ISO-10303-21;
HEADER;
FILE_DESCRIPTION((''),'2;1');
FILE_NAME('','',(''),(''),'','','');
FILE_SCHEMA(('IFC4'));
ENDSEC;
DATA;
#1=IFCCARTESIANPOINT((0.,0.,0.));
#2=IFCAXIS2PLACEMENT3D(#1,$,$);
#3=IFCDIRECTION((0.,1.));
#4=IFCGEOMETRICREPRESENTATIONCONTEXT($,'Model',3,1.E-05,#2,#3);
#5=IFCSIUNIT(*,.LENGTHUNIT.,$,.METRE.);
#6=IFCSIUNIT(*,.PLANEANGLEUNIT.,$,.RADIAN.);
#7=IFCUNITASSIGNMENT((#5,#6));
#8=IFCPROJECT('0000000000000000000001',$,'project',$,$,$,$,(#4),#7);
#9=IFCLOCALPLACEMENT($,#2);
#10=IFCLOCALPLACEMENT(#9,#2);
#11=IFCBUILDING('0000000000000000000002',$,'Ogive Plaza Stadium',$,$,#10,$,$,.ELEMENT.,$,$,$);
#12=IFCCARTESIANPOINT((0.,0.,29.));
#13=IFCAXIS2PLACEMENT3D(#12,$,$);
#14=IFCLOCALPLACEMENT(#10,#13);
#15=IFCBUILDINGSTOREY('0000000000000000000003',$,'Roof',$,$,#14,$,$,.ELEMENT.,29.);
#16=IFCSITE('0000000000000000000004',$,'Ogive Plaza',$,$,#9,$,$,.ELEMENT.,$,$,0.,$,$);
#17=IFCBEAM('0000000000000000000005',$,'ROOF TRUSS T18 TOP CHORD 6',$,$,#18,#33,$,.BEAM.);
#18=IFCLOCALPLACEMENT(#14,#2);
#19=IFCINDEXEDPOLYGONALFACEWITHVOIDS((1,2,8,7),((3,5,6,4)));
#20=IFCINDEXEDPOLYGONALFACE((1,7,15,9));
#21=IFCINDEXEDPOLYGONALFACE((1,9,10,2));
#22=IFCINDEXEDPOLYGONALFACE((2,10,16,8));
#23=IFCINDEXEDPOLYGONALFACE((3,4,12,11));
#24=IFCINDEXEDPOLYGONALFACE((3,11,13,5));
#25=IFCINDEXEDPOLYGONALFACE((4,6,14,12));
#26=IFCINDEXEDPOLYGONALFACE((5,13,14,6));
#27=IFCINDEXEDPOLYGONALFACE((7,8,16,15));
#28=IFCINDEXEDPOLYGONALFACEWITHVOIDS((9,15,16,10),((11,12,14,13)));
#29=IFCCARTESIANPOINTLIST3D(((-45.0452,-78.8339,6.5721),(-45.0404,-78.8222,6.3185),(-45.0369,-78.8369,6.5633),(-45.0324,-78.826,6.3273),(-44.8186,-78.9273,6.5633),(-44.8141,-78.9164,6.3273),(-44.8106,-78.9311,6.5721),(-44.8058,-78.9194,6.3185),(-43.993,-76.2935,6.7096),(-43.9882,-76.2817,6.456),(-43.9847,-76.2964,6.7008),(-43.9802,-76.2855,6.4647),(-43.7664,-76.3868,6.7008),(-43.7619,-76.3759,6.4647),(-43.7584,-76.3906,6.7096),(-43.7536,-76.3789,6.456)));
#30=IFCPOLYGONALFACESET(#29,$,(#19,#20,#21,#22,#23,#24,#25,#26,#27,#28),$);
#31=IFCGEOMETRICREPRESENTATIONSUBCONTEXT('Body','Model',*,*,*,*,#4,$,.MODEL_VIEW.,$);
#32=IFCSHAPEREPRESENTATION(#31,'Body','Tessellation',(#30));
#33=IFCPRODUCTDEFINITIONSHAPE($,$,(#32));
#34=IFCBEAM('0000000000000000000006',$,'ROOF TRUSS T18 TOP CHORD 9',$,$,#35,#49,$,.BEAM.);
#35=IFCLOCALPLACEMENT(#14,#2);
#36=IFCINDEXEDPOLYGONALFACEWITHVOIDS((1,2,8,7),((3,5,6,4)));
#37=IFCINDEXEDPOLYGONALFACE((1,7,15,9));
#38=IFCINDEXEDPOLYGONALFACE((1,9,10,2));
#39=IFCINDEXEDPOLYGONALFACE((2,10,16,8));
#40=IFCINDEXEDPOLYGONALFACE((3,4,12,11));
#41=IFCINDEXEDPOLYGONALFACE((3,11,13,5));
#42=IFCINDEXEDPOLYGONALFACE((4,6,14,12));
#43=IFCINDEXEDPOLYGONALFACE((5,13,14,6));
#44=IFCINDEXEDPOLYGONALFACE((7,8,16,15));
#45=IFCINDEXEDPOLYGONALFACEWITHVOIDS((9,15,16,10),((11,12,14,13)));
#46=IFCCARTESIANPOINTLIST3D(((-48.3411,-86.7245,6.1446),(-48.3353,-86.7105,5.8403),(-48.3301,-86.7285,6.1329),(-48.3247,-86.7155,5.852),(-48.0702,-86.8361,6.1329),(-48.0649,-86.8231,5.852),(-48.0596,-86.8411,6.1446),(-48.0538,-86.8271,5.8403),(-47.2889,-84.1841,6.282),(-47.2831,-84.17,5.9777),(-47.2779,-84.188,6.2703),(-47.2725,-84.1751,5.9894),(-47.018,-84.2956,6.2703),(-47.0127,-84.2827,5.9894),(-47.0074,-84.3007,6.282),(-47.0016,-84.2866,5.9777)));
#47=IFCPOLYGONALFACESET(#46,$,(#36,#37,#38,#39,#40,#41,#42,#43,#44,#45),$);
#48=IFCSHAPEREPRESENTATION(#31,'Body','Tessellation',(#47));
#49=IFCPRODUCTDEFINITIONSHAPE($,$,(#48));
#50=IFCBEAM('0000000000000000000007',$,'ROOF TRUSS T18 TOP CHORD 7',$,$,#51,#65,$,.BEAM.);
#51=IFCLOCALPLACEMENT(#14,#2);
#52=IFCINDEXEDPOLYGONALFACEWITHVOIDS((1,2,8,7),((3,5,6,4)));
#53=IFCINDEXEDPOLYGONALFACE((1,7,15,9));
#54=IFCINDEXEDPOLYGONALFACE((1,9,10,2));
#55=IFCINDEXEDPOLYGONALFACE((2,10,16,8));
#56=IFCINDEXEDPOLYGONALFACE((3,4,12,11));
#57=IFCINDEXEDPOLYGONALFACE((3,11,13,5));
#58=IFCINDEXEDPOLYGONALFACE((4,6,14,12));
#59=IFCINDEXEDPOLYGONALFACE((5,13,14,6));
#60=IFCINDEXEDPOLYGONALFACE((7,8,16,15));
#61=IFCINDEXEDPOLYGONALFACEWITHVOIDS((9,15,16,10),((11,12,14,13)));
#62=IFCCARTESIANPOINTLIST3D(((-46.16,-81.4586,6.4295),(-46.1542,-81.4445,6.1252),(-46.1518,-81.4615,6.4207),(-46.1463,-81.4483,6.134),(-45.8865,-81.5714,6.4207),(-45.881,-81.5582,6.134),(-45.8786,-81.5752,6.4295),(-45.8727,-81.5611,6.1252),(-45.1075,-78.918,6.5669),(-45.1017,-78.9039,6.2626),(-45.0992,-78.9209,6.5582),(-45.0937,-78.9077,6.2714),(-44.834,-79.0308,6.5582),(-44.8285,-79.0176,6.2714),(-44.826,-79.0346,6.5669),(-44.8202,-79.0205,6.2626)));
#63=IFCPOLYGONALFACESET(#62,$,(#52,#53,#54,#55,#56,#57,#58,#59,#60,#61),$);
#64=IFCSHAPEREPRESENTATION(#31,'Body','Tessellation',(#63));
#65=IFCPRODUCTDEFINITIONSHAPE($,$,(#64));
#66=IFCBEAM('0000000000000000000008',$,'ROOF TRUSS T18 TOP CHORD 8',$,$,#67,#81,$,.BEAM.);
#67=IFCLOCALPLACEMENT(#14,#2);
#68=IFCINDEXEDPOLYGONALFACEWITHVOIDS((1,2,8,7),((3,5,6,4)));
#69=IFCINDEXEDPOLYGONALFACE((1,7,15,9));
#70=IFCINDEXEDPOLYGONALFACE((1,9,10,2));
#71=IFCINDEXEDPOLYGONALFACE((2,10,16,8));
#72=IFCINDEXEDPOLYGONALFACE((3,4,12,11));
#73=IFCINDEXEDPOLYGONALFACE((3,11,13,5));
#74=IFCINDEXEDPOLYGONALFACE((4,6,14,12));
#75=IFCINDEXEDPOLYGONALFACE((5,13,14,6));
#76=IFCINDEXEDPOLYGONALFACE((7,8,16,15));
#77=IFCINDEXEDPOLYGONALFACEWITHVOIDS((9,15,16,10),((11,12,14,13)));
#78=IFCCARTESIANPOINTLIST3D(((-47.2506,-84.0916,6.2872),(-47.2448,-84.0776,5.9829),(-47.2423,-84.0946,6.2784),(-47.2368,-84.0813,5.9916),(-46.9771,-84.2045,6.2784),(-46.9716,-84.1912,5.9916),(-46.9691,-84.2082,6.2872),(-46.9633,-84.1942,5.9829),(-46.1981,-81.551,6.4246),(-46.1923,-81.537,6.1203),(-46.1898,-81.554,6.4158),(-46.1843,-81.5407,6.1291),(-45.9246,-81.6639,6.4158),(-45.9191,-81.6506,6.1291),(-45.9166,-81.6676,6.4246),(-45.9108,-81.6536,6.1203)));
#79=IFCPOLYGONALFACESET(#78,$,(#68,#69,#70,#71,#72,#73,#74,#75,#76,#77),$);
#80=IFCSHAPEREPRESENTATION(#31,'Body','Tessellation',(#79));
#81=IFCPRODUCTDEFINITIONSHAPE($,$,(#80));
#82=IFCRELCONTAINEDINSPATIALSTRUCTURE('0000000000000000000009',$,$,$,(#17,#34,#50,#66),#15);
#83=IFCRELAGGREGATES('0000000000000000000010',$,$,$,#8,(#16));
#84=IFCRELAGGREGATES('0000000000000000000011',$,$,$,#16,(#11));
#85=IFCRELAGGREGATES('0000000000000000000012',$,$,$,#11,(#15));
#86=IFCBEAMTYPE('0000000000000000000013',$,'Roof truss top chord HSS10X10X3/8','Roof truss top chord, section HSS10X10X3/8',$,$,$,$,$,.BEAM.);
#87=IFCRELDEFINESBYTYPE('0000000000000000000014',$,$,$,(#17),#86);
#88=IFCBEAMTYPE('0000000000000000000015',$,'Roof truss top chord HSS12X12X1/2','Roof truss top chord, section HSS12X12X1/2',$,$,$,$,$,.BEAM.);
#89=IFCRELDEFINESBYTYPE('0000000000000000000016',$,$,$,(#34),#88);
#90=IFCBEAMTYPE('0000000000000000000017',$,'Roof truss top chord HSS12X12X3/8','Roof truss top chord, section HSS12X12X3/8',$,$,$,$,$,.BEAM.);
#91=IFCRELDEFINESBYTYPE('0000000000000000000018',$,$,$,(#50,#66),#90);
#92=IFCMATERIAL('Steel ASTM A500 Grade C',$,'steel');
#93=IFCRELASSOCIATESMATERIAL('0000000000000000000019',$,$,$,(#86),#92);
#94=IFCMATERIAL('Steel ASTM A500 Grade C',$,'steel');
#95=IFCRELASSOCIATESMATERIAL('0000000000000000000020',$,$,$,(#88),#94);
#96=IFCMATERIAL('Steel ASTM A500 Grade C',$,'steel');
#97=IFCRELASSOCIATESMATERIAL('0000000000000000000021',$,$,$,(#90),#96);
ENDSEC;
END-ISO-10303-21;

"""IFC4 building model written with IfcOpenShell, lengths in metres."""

from ifc_helpers import new_model, si_unit, direction, frame, origin, origin_2d, place, context, subcontext, project, spatial, hollow_rectangle, extrude, material, material_profile, profile_set, type_object, element, save


model = new_model("IFC4")

# Units and contexts
model_context = context("Model", 3, precision=1e-05, world=origin(), true_north=direction((0.0, 1.0)))
body_context = subcontext(model_context, "Body", "Model", "MODEL_VIEW")
ifc_project = project(units=[si_unit("LENGTHUNIT", "METRE"), si_unit("PLANEANGLEUNIT", "RADIAN")], contexts=[model_context])

# Site, building, storey
site_placement = place(None, origin())
site = spatial("IfcSite", under=ifc_project, at=site_placement, Name="Ogive Plaza", CompositionType="ELEMENT", RefElevation=0.0)
building_placement = place(site_placement, origin())
building = spatial("IfcBuilding", under=site, at=building_placement, Name="Ogive Plaza Stadium", CompositionType="ELEMENT")
storey_placement = place(building_placement, frame((0.0, 0.0, 29.0)))
storey = spatial("IfcBuildingStorey", under=building, at=storey_placement, Name="Roof", CompositionType="ELEMENT", Elevation=29.0)

# Beams
ifc_material_1 = material(Name="Steel ASTM A500 Grade C", Category="steel")
ifc_material_profile_1 = material_profile(ifc_material_1, hollow_rectangle(XDim=0.2539, YDim=0.2539, WallThickness=0.0088, at=origin_2d()), Name="HSS10X10X3/8")
ifc_profile_set_1 = profile_set([ifc_material_profile_1], Name="Steel ASTM A500 Grade C")
beam_type_1 = type_object("IfcBeamType", Name="Roof truss top chord HSS10X10X3/8", Description="Roof truss top chord, section HSS10X10X3/8", PredefinedType="BEAM", material=ifc_profile_set_1)
beam_1_placement = place(storey_placement, frame((-43.8733, -76.3362, 6.5828), z_axis=(-0.382183, -0.922737, -0.049923), x_axis=(0.923889, -0.38266, 0.0)))
element("IfcBeam", 1, at=beam_1_placement, inside=storey, type_object=beam_type_1, Name="ROOF TRUSS T18 TOP CHORD 6", PredefinedType="BEAM", context=body_context, shape_type="SweptSolid", body=[
    extrude(hollow_rectangle(XDim=0.2539, YDim=0.2539, WallThickness=0.0088, at=origin_2d()), origin(), (0.0, 0.0, 1.0), 2.7532),
])
ifc_material_2 = material(Name="Steel ASTM A500 Grade C", Category="steel")
ifc_material_profile_2 = material_profile(ifc_material_2, hollow_rectangle(XDim=0.3047, YDim=0.3047, WallThickness=0.0117, at=origin_2d()), Name="HSS12X12X1/2")
ifc_profile_set_2 = profile_set([ifc_material_profile_2], Name="Steel ASTM A500 Grade C")
beam_type_2 = type_object("IfcBeamType", Name="Roof truss top chord HSS12X12X1/2", Description="Roof truss top chord, section HSS12X12X1/2", PredefinedType="BEAM", material=ifc_profile_set_2)
beam_2_placement = place(storey_placement, frame((-47.1453, -84.2354, 6.1299), z_axis=(-0.382183, -0.922737, -0.049923), x_axis=(0.923889, -0.38266, 0.0)))
element("IfcBeam", 2, at=beam_2_placement, inside=storey, type_object=beam_type_2, Name="ROOF TRUSS T18 TOP CHORD 9", PredefinedType="BEAM", context=body_context, shape_type="SweptSolid", body=[
    extrude(hollow_rectangle(XDim=0.3047, YDim=0.3047, WallThickness=0.0117, at=origin_2d()), origin(), (0.0, 0.0, 1.0), 2.7532),
])
ifc_material_3 = material(Name="Steel ASTM A500 Grade C", Category="steel")
ifc_material_profile_3 = material_profile(ifc_material_3, hollow_rectangle(XDim=0.3047, YDim=0.3047, WallThickness=0.0088, at=origin_2d()), Name="HSS12X12X3/8")
ifc_profile_set_3 = profile_set([ifc_material_profile_3], Name="Steel ASTM A500 Grade C")
beam_type_3 = type_object("IfcBeamType", Name="Roof truss top chord HSS12X12X3/8", Description="Roof truss top chord, section HSS12X12X3/8", PredefinedType="BEAM", material=ifc_profile_set_3)
for number, where, z_axis, x_axis, name in (
    (3, (-44.9639, -78.9692, 6.4148), (-0.382259, -0.922706, -0.049922), (0.923858, -0.382736, 0.0), "ROOF TRUSS T18 TOP CHORD 7"),
    (4, (-46.0544, -81.6023, 6.2725), (-0.382259, -0.922706, -0.049922), (0.923858, -0.382736, 0.0), "ROOF TRUSS T18 TOP CHORD 8"),
):
    element("IfcBeam", number, at=place(storey_placement, frame(where, z_axis=z_axis, x_axis=x_axis)), inside=storey, type_object=beam_type_3, Name=name, PredefinedType="BEAM", context=body_context, shape_type="SweptSolid", body=[
        extrude(hollow_rectangle(XDim=0.3047, YDim=0.3047, WallThickness=0.0088, at=origin_2d()), origin(), (0.0, 0.0, 1.0), 2.7534),
    ])

save(model, "model.ifc")
